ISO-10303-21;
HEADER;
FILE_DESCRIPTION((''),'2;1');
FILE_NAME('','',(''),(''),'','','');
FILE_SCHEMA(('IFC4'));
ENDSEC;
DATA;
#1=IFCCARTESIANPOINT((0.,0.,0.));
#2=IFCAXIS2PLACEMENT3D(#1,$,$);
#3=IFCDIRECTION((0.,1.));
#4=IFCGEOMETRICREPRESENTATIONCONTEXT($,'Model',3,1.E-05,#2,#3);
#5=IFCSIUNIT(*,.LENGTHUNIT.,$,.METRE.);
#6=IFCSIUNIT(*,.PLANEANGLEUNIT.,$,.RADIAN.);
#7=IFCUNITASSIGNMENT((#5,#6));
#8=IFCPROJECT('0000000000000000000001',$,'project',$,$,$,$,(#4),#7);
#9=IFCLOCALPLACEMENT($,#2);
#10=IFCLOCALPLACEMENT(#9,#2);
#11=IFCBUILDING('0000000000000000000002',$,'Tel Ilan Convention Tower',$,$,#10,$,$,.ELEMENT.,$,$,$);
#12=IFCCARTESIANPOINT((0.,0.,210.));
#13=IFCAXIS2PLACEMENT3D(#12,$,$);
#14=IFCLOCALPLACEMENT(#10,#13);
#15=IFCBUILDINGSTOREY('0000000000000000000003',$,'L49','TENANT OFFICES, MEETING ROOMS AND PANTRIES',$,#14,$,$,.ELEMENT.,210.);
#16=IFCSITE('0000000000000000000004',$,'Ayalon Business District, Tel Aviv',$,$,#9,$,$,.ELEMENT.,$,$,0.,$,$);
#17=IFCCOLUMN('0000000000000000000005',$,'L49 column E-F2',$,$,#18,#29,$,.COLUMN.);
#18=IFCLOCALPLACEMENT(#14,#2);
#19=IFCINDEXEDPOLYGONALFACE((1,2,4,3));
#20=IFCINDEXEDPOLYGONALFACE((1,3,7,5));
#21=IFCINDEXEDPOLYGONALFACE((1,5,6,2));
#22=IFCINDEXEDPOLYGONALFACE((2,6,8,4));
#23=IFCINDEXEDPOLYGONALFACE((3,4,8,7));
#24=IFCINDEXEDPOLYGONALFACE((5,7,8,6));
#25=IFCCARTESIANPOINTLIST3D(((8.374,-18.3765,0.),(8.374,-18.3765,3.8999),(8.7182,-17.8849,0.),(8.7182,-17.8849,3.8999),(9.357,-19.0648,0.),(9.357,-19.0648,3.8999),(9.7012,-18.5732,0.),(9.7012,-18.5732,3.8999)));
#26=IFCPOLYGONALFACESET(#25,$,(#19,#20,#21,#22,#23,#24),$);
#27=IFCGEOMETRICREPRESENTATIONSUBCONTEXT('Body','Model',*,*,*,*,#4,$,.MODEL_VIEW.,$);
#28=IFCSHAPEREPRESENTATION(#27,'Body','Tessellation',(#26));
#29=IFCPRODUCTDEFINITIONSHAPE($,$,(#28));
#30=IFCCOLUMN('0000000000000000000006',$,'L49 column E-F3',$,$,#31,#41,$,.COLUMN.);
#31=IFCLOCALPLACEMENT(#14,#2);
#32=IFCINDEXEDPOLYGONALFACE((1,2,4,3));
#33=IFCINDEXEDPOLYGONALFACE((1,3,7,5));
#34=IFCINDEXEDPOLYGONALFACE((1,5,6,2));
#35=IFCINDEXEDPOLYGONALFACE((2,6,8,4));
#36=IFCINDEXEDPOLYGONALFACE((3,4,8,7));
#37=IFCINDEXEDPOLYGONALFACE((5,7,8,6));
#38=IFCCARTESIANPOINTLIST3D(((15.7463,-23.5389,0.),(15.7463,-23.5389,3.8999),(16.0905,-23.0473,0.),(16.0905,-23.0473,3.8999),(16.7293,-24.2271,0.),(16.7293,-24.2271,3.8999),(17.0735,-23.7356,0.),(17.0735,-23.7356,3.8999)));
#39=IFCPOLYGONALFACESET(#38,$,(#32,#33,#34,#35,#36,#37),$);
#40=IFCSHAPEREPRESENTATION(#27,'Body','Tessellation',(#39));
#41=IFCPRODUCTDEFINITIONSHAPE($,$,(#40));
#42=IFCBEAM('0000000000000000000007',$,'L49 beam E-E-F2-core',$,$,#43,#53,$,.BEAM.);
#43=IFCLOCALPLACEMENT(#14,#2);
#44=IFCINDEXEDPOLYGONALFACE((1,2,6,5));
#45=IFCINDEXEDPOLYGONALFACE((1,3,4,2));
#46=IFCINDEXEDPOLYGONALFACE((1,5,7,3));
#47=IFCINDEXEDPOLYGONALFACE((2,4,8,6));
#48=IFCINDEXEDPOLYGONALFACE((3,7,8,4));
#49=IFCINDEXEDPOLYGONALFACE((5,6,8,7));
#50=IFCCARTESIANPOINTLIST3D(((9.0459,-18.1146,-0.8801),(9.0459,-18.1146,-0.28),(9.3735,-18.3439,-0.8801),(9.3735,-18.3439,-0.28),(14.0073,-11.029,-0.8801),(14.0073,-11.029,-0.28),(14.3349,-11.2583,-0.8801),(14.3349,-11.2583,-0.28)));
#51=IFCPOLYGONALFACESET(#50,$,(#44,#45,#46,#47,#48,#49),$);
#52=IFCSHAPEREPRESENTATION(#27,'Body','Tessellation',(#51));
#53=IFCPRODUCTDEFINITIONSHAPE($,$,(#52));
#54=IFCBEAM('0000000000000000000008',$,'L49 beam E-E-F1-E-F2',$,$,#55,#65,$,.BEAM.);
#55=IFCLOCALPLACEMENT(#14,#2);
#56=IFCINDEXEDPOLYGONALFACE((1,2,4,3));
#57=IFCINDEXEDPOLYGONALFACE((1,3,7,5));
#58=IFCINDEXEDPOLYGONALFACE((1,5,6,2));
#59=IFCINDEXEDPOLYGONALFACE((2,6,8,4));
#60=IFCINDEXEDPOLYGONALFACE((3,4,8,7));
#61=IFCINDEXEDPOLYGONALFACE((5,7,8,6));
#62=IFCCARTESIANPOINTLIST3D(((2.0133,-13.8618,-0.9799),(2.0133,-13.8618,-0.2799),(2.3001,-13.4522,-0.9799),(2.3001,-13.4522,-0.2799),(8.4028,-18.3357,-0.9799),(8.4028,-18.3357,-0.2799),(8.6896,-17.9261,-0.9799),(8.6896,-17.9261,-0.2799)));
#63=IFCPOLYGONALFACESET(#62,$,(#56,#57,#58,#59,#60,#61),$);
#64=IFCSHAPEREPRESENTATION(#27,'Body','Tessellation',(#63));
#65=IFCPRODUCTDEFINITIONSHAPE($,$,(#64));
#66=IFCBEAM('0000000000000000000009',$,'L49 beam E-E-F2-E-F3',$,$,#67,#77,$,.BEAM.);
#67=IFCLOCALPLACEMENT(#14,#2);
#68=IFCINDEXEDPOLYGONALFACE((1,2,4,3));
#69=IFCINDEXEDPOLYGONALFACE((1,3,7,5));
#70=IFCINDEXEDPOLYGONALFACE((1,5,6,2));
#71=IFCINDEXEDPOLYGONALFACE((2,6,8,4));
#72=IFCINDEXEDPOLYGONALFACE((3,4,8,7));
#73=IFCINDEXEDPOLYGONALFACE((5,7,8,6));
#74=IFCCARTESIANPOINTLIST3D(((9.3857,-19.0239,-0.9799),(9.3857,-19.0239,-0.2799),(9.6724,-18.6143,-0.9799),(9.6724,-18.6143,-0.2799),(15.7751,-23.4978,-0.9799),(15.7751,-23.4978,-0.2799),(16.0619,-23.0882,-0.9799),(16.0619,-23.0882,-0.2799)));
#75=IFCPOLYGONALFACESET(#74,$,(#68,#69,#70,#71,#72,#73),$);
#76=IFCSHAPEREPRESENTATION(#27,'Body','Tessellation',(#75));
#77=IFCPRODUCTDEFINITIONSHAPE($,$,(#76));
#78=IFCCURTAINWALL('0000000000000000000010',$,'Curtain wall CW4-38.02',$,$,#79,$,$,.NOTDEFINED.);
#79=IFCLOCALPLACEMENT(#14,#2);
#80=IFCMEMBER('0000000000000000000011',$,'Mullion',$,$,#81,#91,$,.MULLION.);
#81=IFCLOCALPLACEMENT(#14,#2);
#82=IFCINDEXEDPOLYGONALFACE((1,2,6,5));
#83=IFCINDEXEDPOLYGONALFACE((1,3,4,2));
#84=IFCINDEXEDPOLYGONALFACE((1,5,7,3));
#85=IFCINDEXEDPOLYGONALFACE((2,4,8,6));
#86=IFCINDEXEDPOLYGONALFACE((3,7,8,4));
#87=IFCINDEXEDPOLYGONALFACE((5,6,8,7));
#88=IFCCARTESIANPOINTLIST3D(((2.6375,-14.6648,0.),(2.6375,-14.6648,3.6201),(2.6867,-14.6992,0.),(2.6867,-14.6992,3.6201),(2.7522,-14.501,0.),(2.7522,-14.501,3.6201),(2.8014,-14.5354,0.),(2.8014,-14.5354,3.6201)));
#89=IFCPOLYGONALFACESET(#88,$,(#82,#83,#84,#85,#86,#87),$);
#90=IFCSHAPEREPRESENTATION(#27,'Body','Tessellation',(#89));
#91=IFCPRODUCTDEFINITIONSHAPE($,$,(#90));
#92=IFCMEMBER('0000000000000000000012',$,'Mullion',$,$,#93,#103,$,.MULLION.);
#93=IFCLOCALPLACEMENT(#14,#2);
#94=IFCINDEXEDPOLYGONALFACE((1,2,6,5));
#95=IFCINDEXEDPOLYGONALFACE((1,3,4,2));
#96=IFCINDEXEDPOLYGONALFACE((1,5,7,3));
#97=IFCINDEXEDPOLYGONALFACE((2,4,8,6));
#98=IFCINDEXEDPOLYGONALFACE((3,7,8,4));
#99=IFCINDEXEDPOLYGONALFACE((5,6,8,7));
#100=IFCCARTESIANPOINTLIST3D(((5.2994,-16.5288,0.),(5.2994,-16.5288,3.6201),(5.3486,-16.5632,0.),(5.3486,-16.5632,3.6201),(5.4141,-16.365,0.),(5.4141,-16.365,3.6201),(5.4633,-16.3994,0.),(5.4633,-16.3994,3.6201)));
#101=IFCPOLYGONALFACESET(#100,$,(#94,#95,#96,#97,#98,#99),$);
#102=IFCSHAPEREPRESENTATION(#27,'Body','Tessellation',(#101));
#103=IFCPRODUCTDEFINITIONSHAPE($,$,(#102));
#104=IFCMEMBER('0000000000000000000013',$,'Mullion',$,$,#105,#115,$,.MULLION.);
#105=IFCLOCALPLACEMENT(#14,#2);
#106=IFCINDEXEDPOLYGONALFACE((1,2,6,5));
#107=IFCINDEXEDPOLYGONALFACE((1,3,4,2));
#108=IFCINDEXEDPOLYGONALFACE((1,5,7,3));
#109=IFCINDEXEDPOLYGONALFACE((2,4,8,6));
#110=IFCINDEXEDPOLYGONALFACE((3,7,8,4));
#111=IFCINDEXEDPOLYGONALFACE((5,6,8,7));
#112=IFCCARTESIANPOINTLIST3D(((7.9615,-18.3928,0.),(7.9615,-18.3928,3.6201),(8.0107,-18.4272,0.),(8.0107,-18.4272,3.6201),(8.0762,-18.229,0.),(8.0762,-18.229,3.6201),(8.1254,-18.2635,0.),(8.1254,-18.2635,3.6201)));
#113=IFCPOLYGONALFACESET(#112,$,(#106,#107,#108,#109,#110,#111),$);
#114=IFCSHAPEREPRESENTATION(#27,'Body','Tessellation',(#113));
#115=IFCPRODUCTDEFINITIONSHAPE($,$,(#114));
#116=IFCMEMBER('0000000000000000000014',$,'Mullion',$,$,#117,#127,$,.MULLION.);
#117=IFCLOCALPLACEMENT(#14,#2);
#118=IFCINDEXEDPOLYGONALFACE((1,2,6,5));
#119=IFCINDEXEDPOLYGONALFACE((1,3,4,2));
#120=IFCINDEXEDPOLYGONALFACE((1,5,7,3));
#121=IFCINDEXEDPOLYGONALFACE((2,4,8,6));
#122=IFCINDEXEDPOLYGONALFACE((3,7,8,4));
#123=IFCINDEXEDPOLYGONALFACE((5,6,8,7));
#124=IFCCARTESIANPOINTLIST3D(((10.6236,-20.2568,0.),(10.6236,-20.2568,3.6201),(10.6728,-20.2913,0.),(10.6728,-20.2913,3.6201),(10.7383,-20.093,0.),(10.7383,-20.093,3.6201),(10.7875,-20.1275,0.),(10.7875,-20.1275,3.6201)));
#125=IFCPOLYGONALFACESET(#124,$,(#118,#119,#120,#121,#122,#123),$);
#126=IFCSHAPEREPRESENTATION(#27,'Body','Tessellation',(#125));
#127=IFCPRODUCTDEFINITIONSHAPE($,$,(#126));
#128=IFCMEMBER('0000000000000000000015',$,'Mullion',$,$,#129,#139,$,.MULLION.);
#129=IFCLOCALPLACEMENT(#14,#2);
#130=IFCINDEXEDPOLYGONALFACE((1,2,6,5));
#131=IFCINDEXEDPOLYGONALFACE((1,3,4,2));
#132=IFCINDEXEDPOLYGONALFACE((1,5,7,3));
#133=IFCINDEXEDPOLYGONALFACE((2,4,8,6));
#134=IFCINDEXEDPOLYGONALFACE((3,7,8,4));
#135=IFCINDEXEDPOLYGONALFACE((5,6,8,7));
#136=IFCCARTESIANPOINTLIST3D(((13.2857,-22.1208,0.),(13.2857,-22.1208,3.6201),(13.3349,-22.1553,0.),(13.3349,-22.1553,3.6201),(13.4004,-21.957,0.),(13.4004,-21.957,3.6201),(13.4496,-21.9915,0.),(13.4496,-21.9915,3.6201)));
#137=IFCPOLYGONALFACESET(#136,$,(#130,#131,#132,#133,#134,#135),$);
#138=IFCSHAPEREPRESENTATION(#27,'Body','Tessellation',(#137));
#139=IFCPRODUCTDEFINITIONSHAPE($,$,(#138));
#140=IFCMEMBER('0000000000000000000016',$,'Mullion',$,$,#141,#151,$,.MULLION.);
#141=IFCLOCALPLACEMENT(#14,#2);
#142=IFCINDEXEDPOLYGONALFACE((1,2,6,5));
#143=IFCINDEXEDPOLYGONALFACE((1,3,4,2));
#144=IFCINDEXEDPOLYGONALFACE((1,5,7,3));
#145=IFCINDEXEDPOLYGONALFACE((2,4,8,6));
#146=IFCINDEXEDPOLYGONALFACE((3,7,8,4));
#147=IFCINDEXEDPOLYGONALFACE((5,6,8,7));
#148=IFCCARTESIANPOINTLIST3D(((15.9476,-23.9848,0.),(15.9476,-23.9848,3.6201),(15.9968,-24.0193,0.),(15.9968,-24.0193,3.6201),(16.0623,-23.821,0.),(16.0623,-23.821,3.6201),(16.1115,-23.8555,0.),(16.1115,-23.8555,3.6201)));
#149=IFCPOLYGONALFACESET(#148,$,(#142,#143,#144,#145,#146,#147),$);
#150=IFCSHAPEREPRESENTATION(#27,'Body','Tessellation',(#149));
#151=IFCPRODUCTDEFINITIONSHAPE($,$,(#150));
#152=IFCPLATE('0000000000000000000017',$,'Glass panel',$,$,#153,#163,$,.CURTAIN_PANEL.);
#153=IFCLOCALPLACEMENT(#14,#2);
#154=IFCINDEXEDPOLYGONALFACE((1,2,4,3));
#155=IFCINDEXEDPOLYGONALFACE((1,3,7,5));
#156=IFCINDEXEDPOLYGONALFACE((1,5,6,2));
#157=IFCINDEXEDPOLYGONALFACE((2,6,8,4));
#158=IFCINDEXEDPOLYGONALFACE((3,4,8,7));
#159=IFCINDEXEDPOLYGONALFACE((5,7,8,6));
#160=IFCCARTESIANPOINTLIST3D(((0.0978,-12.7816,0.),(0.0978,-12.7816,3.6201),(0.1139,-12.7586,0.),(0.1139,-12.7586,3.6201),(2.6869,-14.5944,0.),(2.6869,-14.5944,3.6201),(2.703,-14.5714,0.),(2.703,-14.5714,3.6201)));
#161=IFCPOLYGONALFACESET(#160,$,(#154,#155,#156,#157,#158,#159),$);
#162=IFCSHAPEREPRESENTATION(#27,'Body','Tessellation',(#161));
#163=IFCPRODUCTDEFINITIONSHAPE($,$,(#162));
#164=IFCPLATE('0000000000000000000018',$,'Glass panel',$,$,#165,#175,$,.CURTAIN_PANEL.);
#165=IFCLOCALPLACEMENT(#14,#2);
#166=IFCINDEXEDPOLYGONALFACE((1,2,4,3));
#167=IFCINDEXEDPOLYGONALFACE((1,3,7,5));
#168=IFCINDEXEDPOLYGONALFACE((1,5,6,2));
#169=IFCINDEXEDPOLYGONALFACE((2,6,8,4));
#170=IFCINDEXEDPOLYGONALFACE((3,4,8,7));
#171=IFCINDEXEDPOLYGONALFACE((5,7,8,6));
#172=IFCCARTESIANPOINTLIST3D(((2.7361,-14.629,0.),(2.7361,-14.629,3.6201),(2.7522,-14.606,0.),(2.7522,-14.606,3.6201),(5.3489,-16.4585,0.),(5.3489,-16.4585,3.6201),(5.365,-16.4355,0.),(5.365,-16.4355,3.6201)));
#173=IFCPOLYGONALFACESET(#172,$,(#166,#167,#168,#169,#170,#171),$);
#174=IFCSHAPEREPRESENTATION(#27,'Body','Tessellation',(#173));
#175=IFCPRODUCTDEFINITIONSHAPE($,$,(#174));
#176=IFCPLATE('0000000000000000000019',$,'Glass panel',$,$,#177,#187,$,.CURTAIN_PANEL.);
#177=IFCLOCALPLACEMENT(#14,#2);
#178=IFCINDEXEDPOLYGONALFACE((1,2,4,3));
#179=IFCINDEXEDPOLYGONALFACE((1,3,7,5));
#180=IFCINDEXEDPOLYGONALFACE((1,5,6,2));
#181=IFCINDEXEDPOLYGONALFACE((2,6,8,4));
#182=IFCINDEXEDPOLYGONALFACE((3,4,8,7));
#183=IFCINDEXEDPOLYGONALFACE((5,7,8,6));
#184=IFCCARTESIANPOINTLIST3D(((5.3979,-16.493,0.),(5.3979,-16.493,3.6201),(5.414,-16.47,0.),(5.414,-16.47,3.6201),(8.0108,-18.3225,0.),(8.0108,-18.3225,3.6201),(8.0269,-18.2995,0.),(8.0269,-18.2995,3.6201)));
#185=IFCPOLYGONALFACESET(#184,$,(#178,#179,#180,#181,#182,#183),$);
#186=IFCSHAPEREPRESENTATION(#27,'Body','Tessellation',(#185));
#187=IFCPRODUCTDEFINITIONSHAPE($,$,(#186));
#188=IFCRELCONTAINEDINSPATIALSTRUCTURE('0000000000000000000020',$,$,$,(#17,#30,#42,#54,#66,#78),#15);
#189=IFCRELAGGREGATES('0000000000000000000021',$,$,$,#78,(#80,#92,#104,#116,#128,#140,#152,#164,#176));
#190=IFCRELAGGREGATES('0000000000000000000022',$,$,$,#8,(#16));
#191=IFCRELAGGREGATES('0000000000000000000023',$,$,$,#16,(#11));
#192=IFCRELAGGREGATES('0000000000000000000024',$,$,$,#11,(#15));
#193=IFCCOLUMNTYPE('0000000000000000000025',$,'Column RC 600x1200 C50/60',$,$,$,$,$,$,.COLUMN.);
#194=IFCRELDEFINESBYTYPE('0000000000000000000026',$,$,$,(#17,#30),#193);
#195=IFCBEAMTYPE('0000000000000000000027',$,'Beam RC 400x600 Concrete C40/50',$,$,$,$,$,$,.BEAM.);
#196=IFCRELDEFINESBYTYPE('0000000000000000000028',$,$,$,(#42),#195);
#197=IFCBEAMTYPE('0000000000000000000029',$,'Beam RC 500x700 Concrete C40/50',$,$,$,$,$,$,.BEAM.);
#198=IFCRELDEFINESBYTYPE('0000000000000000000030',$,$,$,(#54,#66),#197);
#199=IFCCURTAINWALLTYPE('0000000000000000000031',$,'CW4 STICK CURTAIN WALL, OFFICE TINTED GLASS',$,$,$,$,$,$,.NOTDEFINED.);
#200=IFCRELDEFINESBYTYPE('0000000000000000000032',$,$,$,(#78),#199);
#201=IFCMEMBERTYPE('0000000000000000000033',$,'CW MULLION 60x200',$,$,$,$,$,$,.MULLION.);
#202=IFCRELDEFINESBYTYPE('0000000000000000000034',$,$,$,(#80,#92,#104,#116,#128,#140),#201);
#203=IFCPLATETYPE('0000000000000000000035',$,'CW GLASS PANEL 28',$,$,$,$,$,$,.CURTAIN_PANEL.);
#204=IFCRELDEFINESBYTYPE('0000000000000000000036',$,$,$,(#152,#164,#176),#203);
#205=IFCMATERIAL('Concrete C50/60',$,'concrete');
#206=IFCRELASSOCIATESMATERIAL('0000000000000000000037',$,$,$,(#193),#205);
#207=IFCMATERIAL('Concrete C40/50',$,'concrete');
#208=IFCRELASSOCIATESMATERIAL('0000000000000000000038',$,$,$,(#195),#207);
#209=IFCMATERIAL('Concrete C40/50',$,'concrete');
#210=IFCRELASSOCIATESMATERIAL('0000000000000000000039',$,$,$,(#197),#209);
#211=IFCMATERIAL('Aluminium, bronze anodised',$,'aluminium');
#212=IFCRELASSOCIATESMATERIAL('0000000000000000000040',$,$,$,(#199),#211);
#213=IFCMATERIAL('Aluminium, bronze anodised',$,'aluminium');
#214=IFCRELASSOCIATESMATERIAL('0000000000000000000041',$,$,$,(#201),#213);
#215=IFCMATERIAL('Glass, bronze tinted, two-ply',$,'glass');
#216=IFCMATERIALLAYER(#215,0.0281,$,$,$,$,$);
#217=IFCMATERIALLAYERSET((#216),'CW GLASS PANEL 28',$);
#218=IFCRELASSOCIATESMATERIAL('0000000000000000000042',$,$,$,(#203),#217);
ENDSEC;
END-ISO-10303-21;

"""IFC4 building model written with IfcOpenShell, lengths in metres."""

from ifc_helpers import new_model, si_unit, direction, frame, origin, origin_2d, place, context, subcontext, project, spatial, rectangle, extrude, material, layer, layer_set, material_profile, profile_set, type_object, element, aggregate, save


model = new_model("IFC4")

# Units and contexts
model_context = context("Model", 3, precision=1e-05, world=origin(), true_north=direction((0.0, 1.0)))
body_context = subcontext(model_context, "Body", "Model", "MODEL_VIEW")
ifc_project = project(units=[si_unit("LENGTHUNIT", "METRE"), si_unit("PLANEANGLEUNIT", "RADIAN")], contexts=[model_context])

# Site, building, storey
site_placement = place(None, origin())
site = spatial("IfcSite", under=ifc_project, at=site_placement, Name="Ayalon Business District, Tel Aviv", CompositionType="ELEMENT", RefElevation=0.0)
building_placement = place(site_placement, origin())
building = spatial("IfcBuilding", under=site, at=building_placement, Name="Tel Ilan Convention Tower", CompositionType="ELEMENT")
storey_placement = place(building_placement, frame((0.0, 0.0, 210.0)))
storey = spatial("IfcBuildingStorey", under=building, at=storey_placement, Name="L49", Description="TENANT OFFICES, MEETING ROOMS AND PANTRIES", CompositionType="ELEMENT", Elevation=210.0)

# Columns
ifc_material_1 = material(Name="Concrete C50/60", Category="concrete")
ifc_material_profile_1 = material_profile(ifc_material_1, rectangle(XDim=1.2, YDim=0.6001, at=origin_2d()), Name="RC 600x1200")
ifc_profile_set_1 = profile_set([ifc_material_profile_1], Name="Concrete C50/60")
column_type = type_object("IfcColumnType", Name="Column RC 600x1200 C50/60", PredefinedType="COLUMN", material=ifc_profile_set_1)
for number, where, z_axis, x_axis, name in (
    (1, (9.0376, -18.4749, 0.0), (0.0, 0.0, 1.0), (0.819152, -0.573576, 0.0), "L49 column E-F2"),
    (2, (16.4099, -23.6372, 0.0), (0.0, 0.0, 1.0), (0.819152, -0.573576, 0.0), "L49 column E-F3"),
):
    element("IfcColumn", number, at=place(storey_placement, frame(where, z_axis=z_axis, x_axis=x_axis)), inside=storey, type_object=column_type, Name=name, PredefinedType="COLUMN", context=body_context, shape_type="SweptSolid", body=[
        extrude(rectangle(XDim=1.2, YDim=0.6001, at=origin_2d()), origin(), (0.0, 0.0, 1.0), 3.8999),
    ])

# Beams
ifc_material_2 = material(Name="Concrete C40/50", Category="concrete")
ifc_material_profile_2 = material_profile(ifc_material_2, rectangle(XDim=0.3999, YDim=0.6001, at=origin_2d()), Name="RC 400x600")
ifc_profile_set_2 = profile_set([ifc_material_profile_2], Name="Concrete C40/50")
beam_type_1 = type_object("IfcBeamType", Name="Beam RC 400x600 Concrete C40/50", PredefinedType="BEAM", material=ifc_profile_set_2)
beam_placement = place(storey_placement, frame((9.2097, -18.2292, -0.5801), z_axis=(0.573574, 0.819154, 0.0), x_axis=(-0.819154, 0.573574, 0.0)))
element("IfcBeam", 3, at=beam_placement, inside=storey, type_object=beam_type_1, Name="L49 beam E-E-F2-core", PredefinedType="BEAM", context=body_context, shape_type="SweptSolid", body=[
    extrude(rectangle(XDim=0.3999, YDim=0.6001, at=origin_2d()), origin(), (0.0, 0.0, 1.0), 8.6499),
])
ifc_material_3 = material(Name="Concrete C40/50", Category="concrete")
ifc_material_profile_3 = material_profile(ifc_material_3, rectangle(XDim=0.5, YDim=0.7, at=origin_2d()), Name="RC 500x700")
ifc_profile_set_3 = profile_set([ifc_material_profile_3], Name="Concrete C40/50")
beam_type_2 = type_object("IfcBeamType", Name="Beam RC 500x700 Concrete C40/50", PredefinedType="BEAM", material=ifc_profile_set_3)
for number, where, z_axis, x_axis, name in (
    (4, (2.1567, -13.657, -0.6299), (0.819154, -0.573574, 0.0), (0.573574, 0.819154, 0.0), "L49 beam E-E-F1-E-F2"),
    (5, (9.5291, -18.8191, -0.6299), (0.819154, -0.573574, 0.0), (0.573574, 0.819154, 0.0), "L49 beam E-E-F2-E-F3"),
):
    element("IfcBeam", number, at=place(storey_placement, frame(where, z_axis=z_axis, x_axis=x_axis)), inside=storey, type_object=beam_type_2, Name=name, PredefinedType="BEAM", context=body_context, shape_type="SweptSolid", body=[
        extrude(rectangle(XDim=0.5, YDim=0.7, at=origin_2d()), origin(), (0.0, 0.0, 1.0), 7.8),
    ])

# Curtain wall, members, plates
ifc_material_4 = material(Name="Aluminium, bronze anodised", Category="aluminium")
curtain_wall_type = type_object("IfcCurtainWallType", Name="CW4 STICK CURTAIN WALL, OFFICE TINTED GLASS", PredefinedType="NOTDEFINED", material=ifc_material_4)
curtain_wall_placement = place(storey_placement, origin())
curtain_wall = element("IfcCurtainWall", 6, at=curtain_wall_placement, inside=storey, type_object=curtain_wall_type, Name="Curtain wall CW4-38.02", PredefinedType="NOTDEFINED")
ifc_material_5 = material(Name="Aluminium, bronze anodised", Category="aluminium")
ifc_material_profile_4 = material_profile(ifc_material_5, rectangle(XDim=0.0601, YDim=0.2, at=origin_2d()), Name="CW MULLION 60x200")
ifc_profile_set_4 = profile_set([ifc_material_profile_4], Name="Aluminium, bronze anodised")
member_type = type_object("IfcMemberType", Name="CW MULLION 60x200", PredefinedType="MULLION", material=ifc_profile_set_4)
member_1_placement = place(storey_placement, frame((2.7195, -14.6001, 0.0), z_axis=(0.0, 0.0, 1.0), x_axis=(0.819152, -0.573576, 0.0)))
member_1 = element("IfcMember", 7, at=member_1_placement, type_object=member_type, Name="Mullion", PredefinedType="MULLION", context=body_context, shape_type="SweptSolid", body=[
    extrude(rectangle(XDim=0.0601, YDim=0.2, at=origin_2d()), origin(), (0.0, 0.0, 1.0), 3.6201),
])
member_2_placement = place(storey_placement, frame((5.3813, -16.4641, 0.0), z_axis=(0.0, 0.0, 1.0), x_axis=(0.819152, -0.573576, 0.0)))
member_2 = element("IfcMember", 8, at=member_2_placement, type_object=member_type, Name="Mullion", PredefinedType="MULLION", context=body_context, shape_type="SweptSolid", body=[
    extrude(rectangle(XDim=0.0601, YDim=0.2, at=origin_2d()), origin(), (0.0, 0.0, 1.0), 3.6201),
])
member_3_placement = place(storey_placement, frame((8.0435, -18.3281, 0.0), z_axis=(0.0, 0.0, 1.0), x_axis=(0.819152, -0.573576, 0.0)))
member_3 = element("IfcMember", 9, at=member_3_placement, type_object=member_type, Name="Mullion", PredefinedType="MULLION", context=body_context, shape_type="SweptSolid", body=[
    extrude(rectangle(XDim=0.0601, YDim=0.2, at=origin_2d()), origin(), (0.0, 0.0, 1.0), 3.6201),
])
member_4_placement = place(storey_placement, frame((10.7056, -20.1921, 0.0), z_axis=(0.0, 0.0, 1.0), x_axis=(0.819152, -0.573576, 0.0)))
member_4 = element("IfcMember", 10, at=member_4_placement, type_object=member_type, Name="Mullion", PredefinedType="MULLION", context=body_context, shape_type="SweptSolid", body=[
    extrude(rectangle(XDim=0.0601, YDim=0.2, at=origin_2d()), origin(), (0.0, 0.0, 1.0), 3.6201),
])
member_5_placement = place(storey_placement, frame((13.3677, -22.0562, 0.0), z_axis=(0.0, 0.0, 1.0), x_axis=(0.819152, -0.573576, 0.0)))
member_5 = element("IfcMember", 11, at=member_5_placement, type_object=member_type, Name="Mullion", PredefinedType="MULLION", context=body_context, shape_type="SweptSolid", body=[
    extrude(rectangle(XDim=0.0601, YDim=0.2, at=origin_2d()), origin(), (0.0, 0.0, 1.0), 3.6201),
])
member_6_placement = place(storey_placement, frame((16.0295, -23.9202, 0.0), z_axis=(0.0, 0.0, 1.0), x_axis=(0.819152, -0.573576, 0.0)))
member_6 = element("IfcMember", 12, at=member_6_placement, type_object=member_type, Name="Mullion", PredefinedType="MULLION", context=body_context, shape_type="SweptSolid", body=[
    extrude(rectangle(XDim=0.0601, YDim=0.2, at=origin_2d()), origin(), (0.0, 0.0, 1.0), 3.6201),
])
ifc_material_6 = material(Name="Glass, bronze tinted, two-ply", Category="glass")
ifc_layer_1 = layer(ifc_material_6, 0.0281)
ifc_layer_set_1 = layer_set([ifc_layer_1], Name="CW GLASS PANEL 28")
plate_type = type_object("IfcPlateType", Name="CW GLASS PANEL 28", PredefinedType="CURTAIN_PANEL", material=ifc_layer_set_1)
plate_1_placement = place(storey_placement, frame((1.4004, -13.6765, 0.0), z_axis=(0.0, 0.0, 1.0), x_axis=(0.819152, -0.573576, 0.0)))
plate_1 = element("IfcPlate", 13, at=plate_1_placement, type_object=plate_type, Name="Glass panel", PredefinedType="CURTAIN_PANEL", context=body_context, shape_type="SweptSolid", body=[
    extrude(rectangle(XDim=3.1606, YDim=0.0281, at=origin_2d()), origin(), (0.0, 0.0, 1.0), 3.6201),
])
plate_2_placement = place(storey_placement, frame((4.0505, -15.5322, 0.0), z_axis=(0.0, 0.0, 1.0), x_axis=(0.819152, -0.573576, 0.0)))
plate_2 = element("IfcPlate", 14, at=plate_2_placement, type_object=plate_type, Name="Glass panel", PredefinedType="CURTAIN_PANEL", context=body_context, shape_type="SweptSolid", body=[
    extrude(rectangle(XDim=3.1897, YDim=0.0281, at=origin_2d()), origin(), (0.0, 0.0, 1.0), 3.6201),
])
plate_3_placement = place(storey_placement, frame((6.7124, -17.3962, 0.0), z_axis=(0.0, 0.0, 1.0), x_axis=(0.819152, -0.573576, 0.0)))
plate_3 = element("IfcPlate", 15, at=plate_3_placement, type_object=plate_type, Name="Glass panel", PredefinedType="CURTAIN_PANEL", context=body_context, shape_type="SweptSolid", body=[
    extrude(rectangle(XDim=3.1897, YDim=0.0281, at=origin_2d()), origin(), (0.0, 0.0, 1.0), 3.6201),
])
aggregate(curtain_wall, [member_1, member_2, member_3, member_4, member_5, member_6, plate_1, plate_2, plate_3])

save(model, "model.ifc")
